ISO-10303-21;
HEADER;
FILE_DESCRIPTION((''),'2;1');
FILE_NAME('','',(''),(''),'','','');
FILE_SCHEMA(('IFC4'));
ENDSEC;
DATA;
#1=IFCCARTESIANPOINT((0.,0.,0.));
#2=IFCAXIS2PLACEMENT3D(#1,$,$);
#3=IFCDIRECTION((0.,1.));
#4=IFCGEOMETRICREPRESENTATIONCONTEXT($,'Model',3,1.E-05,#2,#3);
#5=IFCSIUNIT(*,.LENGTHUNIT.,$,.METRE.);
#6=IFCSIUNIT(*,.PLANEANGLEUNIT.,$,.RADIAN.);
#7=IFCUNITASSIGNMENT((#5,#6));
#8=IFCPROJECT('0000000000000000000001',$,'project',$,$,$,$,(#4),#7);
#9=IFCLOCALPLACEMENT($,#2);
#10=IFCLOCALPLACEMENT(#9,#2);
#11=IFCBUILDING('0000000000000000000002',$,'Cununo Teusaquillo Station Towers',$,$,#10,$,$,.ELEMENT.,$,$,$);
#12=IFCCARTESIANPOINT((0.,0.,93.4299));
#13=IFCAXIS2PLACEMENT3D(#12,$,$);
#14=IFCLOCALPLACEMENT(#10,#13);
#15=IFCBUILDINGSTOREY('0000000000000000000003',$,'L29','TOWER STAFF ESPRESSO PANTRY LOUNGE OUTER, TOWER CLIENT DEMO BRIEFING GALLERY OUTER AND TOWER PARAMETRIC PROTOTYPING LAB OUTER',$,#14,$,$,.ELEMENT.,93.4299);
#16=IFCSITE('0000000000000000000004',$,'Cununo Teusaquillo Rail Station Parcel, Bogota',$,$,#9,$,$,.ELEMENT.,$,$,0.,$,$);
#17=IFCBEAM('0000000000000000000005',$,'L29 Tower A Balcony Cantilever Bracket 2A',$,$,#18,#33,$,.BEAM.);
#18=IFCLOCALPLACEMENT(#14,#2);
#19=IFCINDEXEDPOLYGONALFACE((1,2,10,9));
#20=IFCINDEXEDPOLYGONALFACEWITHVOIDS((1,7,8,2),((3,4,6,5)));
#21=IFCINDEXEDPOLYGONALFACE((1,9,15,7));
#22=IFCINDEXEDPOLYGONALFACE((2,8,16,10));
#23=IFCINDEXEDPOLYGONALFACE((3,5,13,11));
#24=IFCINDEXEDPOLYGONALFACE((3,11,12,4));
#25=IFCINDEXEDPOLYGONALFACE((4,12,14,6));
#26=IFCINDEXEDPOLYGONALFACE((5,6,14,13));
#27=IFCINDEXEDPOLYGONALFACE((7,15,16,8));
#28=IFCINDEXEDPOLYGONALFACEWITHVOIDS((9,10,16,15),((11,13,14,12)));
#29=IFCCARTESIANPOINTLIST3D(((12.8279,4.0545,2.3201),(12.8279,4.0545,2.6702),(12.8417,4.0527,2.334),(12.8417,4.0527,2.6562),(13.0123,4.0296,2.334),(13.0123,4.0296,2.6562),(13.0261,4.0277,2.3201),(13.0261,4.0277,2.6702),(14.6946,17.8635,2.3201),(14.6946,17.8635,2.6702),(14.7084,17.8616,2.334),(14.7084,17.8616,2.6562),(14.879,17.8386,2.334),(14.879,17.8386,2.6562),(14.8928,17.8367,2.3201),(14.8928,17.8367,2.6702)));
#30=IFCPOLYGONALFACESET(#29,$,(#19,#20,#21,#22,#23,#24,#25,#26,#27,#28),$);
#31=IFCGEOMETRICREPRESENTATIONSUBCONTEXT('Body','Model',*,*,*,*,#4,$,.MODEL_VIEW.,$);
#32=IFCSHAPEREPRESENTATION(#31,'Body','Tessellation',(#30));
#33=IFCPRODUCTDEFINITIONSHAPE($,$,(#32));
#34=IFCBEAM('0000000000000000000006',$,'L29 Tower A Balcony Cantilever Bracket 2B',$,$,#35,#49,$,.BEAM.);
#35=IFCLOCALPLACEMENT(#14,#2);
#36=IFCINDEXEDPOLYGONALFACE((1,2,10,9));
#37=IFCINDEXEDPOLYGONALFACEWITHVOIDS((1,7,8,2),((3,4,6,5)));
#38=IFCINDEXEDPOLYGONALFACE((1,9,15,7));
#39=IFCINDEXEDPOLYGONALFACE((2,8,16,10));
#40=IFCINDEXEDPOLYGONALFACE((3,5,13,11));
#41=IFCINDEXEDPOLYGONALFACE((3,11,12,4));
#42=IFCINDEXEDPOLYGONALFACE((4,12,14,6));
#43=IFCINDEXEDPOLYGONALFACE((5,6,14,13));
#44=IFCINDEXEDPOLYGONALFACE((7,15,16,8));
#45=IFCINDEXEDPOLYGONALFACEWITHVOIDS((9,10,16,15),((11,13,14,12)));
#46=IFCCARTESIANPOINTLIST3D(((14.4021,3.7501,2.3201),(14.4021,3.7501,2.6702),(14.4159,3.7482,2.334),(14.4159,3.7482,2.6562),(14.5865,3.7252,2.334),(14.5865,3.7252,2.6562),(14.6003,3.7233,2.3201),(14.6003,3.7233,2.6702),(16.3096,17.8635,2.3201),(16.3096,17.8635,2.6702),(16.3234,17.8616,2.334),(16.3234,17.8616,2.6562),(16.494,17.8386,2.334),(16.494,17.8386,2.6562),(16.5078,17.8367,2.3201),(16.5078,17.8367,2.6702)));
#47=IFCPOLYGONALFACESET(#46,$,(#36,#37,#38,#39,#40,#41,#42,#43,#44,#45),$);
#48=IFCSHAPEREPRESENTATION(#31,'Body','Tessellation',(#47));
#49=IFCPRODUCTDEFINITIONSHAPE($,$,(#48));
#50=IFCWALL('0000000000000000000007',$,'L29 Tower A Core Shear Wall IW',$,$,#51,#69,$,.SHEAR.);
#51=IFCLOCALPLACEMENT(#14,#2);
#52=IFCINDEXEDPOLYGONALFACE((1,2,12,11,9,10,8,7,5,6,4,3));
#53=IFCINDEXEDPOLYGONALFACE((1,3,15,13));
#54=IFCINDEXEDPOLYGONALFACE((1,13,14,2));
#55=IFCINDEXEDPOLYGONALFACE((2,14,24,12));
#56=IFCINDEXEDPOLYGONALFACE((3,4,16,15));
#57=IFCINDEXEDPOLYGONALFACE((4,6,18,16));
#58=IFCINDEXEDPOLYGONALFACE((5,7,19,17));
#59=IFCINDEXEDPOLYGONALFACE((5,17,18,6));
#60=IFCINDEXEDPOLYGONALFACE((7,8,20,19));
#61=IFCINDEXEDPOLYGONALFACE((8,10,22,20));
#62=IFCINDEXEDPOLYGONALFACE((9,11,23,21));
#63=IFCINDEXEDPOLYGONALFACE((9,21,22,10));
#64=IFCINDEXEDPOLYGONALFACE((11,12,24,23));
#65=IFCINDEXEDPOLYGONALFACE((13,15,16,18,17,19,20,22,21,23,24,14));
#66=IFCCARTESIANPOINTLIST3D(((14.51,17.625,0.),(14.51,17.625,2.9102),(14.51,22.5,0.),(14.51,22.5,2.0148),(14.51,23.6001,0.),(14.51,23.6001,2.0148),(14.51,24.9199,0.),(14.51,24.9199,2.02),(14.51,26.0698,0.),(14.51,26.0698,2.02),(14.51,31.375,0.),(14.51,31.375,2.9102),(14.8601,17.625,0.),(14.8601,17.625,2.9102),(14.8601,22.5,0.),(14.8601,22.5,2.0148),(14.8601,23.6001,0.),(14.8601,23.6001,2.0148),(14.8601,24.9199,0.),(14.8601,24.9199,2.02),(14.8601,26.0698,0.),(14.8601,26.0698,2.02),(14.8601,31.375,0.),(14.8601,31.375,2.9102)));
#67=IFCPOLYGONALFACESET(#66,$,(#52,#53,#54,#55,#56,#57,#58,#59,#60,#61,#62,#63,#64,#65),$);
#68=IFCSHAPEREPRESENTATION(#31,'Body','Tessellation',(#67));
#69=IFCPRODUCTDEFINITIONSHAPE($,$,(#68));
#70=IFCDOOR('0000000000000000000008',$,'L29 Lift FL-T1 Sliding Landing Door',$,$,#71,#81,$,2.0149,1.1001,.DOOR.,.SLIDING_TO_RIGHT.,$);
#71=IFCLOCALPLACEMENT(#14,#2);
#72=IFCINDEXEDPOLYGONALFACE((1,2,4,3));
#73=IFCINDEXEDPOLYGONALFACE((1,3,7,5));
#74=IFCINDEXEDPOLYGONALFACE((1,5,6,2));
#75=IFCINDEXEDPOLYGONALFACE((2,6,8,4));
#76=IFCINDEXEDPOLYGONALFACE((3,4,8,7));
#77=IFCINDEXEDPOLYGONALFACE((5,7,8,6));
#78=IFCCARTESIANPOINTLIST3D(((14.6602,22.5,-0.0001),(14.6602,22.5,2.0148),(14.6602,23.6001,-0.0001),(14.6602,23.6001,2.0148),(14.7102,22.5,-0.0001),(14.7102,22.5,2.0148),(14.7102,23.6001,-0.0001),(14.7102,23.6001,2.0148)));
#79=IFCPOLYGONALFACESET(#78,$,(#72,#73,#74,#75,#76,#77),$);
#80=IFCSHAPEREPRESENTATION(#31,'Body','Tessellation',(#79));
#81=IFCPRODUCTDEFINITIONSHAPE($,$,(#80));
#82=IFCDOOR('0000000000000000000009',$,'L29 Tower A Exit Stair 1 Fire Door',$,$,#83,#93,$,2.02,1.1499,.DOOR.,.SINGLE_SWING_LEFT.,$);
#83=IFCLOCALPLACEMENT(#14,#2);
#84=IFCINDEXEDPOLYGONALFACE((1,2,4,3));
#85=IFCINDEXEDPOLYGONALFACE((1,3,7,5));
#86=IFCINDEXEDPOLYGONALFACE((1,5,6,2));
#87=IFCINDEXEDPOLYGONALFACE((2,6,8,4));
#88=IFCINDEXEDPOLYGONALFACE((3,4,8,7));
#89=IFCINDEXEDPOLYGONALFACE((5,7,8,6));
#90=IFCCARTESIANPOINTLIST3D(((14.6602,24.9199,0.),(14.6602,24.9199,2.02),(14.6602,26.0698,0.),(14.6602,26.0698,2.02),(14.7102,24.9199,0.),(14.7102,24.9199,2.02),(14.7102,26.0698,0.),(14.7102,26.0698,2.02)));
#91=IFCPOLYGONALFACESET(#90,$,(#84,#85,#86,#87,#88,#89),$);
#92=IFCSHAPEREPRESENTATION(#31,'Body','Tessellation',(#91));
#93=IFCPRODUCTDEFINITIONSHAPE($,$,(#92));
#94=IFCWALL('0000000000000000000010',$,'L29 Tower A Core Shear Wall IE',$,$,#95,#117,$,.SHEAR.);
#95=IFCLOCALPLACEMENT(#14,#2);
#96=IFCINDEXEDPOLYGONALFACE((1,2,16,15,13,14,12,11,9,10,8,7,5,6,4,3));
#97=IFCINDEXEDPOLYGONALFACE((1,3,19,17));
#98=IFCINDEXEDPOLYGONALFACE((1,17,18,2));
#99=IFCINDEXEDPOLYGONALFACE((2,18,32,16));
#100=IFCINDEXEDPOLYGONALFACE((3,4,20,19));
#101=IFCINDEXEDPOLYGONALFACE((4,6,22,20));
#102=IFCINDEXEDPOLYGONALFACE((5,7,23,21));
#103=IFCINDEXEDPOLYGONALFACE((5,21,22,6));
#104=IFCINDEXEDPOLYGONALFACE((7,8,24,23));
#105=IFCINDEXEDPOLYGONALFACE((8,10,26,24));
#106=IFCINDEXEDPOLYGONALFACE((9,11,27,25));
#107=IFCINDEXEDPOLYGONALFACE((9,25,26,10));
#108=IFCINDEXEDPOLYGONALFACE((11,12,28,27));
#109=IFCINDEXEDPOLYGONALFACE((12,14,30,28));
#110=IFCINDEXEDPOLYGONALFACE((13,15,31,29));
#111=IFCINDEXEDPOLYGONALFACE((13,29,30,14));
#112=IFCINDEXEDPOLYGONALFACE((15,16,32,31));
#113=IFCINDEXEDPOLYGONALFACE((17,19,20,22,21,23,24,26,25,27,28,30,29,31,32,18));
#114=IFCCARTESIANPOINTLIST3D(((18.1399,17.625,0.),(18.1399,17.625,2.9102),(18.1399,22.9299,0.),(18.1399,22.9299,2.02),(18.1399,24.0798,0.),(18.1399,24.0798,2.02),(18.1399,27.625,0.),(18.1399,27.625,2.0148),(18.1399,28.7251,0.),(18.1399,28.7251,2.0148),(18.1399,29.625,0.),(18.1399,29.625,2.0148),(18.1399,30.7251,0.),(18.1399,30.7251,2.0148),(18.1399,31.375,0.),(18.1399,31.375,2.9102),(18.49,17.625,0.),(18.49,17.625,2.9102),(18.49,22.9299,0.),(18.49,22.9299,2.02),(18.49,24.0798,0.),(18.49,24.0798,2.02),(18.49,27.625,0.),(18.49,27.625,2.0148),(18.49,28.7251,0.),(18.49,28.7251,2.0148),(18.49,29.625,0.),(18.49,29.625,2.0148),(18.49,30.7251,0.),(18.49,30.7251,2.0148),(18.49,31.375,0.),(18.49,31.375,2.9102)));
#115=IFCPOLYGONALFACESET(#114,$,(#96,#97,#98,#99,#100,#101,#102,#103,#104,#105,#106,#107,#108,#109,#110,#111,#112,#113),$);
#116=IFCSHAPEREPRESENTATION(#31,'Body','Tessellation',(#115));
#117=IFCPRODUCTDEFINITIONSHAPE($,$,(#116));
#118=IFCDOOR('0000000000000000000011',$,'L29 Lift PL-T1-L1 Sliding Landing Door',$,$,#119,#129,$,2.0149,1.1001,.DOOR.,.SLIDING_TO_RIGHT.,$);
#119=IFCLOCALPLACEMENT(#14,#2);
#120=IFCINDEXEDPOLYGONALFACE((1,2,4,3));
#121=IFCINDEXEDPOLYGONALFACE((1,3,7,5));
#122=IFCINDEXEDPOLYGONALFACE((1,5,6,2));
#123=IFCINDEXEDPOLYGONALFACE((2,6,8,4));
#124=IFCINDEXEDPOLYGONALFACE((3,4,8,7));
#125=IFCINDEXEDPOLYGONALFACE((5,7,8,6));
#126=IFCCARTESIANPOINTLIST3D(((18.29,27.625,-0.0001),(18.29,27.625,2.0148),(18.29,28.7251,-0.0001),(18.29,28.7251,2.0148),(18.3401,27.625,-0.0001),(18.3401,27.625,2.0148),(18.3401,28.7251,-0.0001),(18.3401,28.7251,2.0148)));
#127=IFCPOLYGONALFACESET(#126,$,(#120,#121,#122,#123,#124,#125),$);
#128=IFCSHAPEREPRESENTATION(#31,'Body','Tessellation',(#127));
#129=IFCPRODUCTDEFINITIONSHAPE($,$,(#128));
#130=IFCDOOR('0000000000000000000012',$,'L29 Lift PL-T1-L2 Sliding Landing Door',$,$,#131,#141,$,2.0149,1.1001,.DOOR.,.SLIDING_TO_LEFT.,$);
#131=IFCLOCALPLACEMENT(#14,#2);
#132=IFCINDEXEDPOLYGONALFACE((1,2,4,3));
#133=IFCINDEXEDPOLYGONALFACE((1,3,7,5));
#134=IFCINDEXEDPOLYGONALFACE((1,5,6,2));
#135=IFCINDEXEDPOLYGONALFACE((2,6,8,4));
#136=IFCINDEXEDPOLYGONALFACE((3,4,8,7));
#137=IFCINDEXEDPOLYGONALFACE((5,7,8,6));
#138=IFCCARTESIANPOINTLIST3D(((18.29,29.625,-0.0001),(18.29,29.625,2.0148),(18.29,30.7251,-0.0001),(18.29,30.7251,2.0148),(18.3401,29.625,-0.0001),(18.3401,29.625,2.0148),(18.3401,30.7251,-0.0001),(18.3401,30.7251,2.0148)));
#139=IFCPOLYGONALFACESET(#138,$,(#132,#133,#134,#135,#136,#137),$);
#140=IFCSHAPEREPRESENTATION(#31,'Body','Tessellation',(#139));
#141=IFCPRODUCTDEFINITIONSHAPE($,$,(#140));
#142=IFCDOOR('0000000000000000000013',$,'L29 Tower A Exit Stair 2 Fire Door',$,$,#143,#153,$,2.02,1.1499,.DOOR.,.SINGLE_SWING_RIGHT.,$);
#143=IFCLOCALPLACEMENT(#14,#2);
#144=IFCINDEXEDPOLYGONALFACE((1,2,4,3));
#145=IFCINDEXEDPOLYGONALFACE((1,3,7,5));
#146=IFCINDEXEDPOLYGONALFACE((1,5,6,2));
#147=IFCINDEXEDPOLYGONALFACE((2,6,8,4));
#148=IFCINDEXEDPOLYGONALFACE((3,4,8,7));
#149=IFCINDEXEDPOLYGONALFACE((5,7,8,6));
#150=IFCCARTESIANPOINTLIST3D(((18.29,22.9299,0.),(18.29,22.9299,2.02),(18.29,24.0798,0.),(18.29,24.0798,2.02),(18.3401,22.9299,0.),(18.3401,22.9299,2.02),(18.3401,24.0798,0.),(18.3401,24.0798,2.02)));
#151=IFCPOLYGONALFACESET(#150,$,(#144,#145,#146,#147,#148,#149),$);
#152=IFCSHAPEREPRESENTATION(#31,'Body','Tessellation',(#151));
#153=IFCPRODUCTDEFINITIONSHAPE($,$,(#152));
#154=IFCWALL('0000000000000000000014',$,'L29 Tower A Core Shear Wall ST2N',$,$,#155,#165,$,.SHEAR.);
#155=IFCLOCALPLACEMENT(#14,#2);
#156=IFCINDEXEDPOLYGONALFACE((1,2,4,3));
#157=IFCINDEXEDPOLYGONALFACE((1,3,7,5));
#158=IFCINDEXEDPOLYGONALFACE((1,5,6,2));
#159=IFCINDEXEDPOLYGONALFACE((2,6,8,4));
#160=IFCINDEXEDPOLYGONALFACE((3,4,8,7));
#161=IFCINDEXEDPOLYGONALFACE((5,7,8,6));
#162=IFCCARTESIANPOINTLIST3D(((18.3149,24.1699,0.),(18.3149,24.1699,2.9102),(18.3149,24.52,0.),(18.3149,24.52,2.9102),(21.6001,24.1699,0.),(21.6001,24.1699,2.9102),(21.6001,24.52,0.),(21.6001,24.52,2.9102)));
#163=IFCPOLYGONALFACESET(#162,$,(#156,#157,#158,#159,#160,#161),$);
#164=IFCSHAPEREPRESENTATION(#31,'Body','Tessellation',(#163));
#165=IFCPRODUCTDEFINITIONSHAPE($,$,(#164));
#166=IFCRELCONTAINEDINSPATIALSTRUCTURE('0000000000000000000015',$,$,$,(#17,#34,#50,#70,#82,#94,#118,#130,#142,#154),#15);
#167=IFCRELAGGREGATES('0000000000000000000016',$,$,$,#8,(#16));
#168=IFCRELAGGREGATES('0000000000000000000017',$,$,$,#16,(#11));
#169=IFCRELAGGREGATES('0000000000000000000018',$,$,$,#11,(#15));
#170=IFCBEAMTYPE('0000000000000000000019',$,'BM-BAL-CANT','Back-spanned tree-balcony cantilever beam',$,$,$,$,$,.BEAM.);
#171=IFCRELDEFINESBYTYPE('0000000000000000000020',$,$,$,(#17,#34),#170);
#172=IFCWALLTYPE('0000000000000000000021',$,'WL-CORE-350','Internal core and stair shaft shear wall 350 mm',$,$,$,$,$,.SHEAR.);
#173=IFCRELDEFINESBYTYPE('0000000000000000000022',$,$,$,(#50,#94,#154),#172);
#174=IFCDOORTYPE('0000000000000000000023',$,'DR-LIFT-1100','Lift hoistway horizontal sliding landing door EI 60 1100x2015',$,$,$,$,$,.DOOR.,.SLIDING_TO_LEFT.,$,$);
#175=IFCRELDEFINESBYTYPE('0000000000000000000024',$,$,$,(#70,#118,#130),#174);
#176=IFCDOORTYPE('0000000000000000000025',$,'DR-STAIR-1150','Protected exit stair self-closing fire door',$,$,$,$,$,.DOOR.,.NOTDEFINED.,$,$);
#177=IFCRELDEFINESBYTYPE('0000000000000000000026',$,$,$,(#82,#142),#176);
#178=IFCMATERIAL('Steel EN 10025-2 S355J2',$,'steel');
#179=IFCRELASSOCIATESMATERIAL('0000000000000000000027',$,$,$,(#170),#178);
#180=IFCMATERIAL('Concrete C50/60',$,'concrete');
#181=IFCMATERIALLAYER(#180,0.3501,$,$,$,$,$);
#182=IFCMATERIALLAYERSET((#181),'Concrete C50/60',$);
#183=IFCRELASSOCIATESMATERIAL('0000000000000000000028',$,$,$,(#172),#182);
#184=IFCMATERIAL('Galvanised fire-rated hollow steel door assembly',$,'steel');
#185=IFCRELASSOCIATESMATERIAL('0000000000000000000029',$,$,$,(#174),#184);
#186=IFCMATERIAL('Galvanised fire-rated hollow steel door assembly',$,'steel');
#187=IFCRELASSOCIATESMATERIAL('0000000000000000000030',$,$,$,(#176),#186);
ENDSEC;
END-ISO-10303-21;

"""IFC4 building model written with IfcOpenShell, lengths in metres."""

from ifc_helpers import new_model, si_unit, direction, frame, frame_2d, origin, origin_2d, place, context, subcontext, project, spatial, rectangle, hollow_rectangle, extrude, source, transform, mapped, material, layer, layer_set, material_profile, profile_set, type_object, element, fill, save


model = new_model("IFC4")

# Units and contexts
model_context = context("Model", 3, precision=1e-05, world=origin(), true_north=direction((0.0, 1.0)))
body_context = subcontext(model_context, "Body", "Model", "MODEL_VIEW")
ifc_project = project(units=[si_unit("LENGTHUNIT", "METRE"), si_unit("PLANEANGLEUNIT", "RADIAN")], contexts=[model_context])

# Site, building, storey
site_placement = place(None, origin())
site = spatial("IfcSite", under=ifc_project, at=site_placement, Name="Cununo Teusaquillo Rail Station Parcel, Bogota", CompositionType="ELEMENT", RefElevation=0.0)
building_placement = place(site_placement, origin())
building = spatial("IfcBuilding", under=site, at=building_placement, Name="Cununo Teusaquillo Station Towers", CompositionType="ELEMENT")
storey_placement = place(building_placement, frame((0.0, 0.0, 93.4299)))
storey = spatial("IfcBuildingStorey", under=building, at=storey_placement, Name="L29", Description="TOWER STAFF ESPRESSO PANTRY LOUNGE OUTER, TOWER CLIENT DEMO BRIEFING GALLERY OUTER AND TOWER PARAMETRIC PROTOTYPING LAB OUTER", CompositionType="ELEMENT", Elevation=93.4299)

# Beams
ifc_material_1 = material(Name="Steel EN 10025-2 S355J2", Category="steel")
ifc_material_profile = material_profile(ifc_material_1, hollow_rectangle(XDim=0.2, YDim=0.3501, WallThickness=0.0139, at=origin_2d()), Name="RHS 350x200x14")
ifc_profile_set = profile_set([ifc_material_profile], Name="Steel EN 10025-2 S355J2")
beam_type = type_object("IfcBeamType", Name="BM-BAL-CANT", Description="Back-spanned tree-balcony cantilever beam", PredefinedType="BEAM", material=ifc_profile_set)
beam_1_placement = place(storey_placement, frame((14.7937, 17.8501, 2.4951), z_axis=(-0.133961, -0.990987, 0.0), x_axis=(0.990987, -0.133961, 0.0)))
element("IfcBeam", 1, at=beam_1_placement, inside=storey, type_object=beam_type, Name="L29 Tower A Balcony Cantilever Bracket 2A", PredefinedType="BEAM", context=body_context, shape_type="SweptSolid", body=[
    extrude(hollow_rectangle(XDim=0.2, YDim=0.3501, WallThickness=0.0139, at=origin_2d()), origin(), (0.0, 0.0, 1.0), 13.9346),
])
beam_2_placement = place(storey_placement, frame((16.4087, 17.8501, 2.4951), z_axis=(-0.133937, -0.99099, 0.0), x_axis=(0.99099, -0.133937, 0.0)))
element("IfcBeam", 2, at=beam_2_placement, inside=storey, type_object=beam_type, Name="L29 Tower A Balcony Cantilever Bracket 2B", PredefinedType="BEAM", context=body_context, shape_type="SweptSolid", body=[
    extrude(hollow_rectangle(XDim=0.2, YDim=0.3501, WallThickness=0.0139, at=origin_2d()), origin(), (0.0, 0.0, 1.0), 14.2417),
])

# Walls, openings, doors
ifc_material_2 = material(Name="Concrete C50/60", Category="concrete")
ifc_layer_1 = layer(ifc_material_2, 0.3501)
ifc_layer_set_1 = layer_set([ifc_layer_1], Name="Concrete C50/60")
wall_type_1 = type_object("IfcWallType", Name="WL-CORE-350", Description="Internal core and stair shaft shear wall 350 mm", PredefinedType="SHEAR", material=ifc_layer_set_1)
wall_1_placement = place(storey_placement, frame((14.6851, 17.625, 0.0), z_axis=(0.0, 0.0, 1.0), x_axis=(0.0, 1.0, 0.0)))
wall_1 = element("IfcWall", 3, at=wall_1_placement, inside=storey, type_object=wall_type_1, Name="L29 Tower A Core Shear Wall IW", PredefinedType="SHEAR", context=body_context, shape_type="SweptSolid", body=[
    extrude(rectangle(XDim=13.75, YDim=0.3501, at=frame_2d((6.875, 0.0))), origin(), (0.0, 0.0, 1.0), 2.9102),
])
shared_shape_1 = source(origin(), body_context, "Body", "SweptSolid", [
    extrude(rectangle(XDim=1.1001, YDim=2.0149, at=frame_2d((0.55, 1.0073))), frame((0.0, 0.1851, 0.0), z_axis=(0.0, -1.0, 0.0), x_axis=(1.0, 0.0, 0.0)), (0.0, 0.0, 1.0), 0.3701),
])
opening_1_placement = place(wall_1_placement, frame((4.875, 0.0, 0.0)))
opening_1 = element("IfcOpeningElement", 4, at=opening_1_placement, cuts=wall_1, PredefinedType="OPENING", context=body_context, shape_type="MappedRepresentation", body=[
    mapped(shared_shape_1, transform((0.0, 0.0, 0.0), x_axis=(1.0, 0.0, 0.0), y_axis=(0.0, 1.0, 0.0), z_axis=(0.0, 0.0, 1.0), scale=1.0)),
])
shared_shape_2 = source(origin(), body_context, "Body", "SweptSolid", [
    extrude(rectangle(XDim=1.1499, YDim=2.02, at=frame_2d((0.575, 1.01))), frame((0.0, 0.1851, 0.0), z_axis=(0.0, -1.0, 0.0), x_axis=(1.0, 0.0, 0.0)), (0.0, 0.0, 1.0), 0.3701),
])
opening_2_placement = place(wall_1_placement, frame((7.2949, 0.0, 0.0)))
opening_2 = element("IfcOpeningElement", 5, at=opening_2_placement, cuts=wall_1, PredefinedType="OPENING", context=body_context, shape_type="MappedRepresentation", body=[
    mapped(shared_shape_2, transform((0.0, 0.0, 0.0), x_axis=(1.0, 0.0, 0.0), y_axis=(0.0, 1.0, 0.0), z_axis=(0.0, 0.0, 1.0), scale=1.0)),
])
ifc_material_3 = material(Name="Galvanised fire-rated hollow steel door assembly", Category="steel")
door_type_1 = type_object("IfcDoorType", Name="DR-LIFT-1100", Description="Lift hoistway horizontal sliding landing door EI 60 1100x2015", OperationType="SLIDING_TO_LEFT", PredefinedType="DOOR", material=ifc_material_3)
shared_shape_3 = source(origin(), body_context, "Body", "SweptSolid", [
    extrude(rectangle(XDim=1.1001, YDim=2.0149, at=frame_2d((0.55, 1.0073))), frame((0.0, 0.0249, 0.0), z_axis=(0.0, -1.0, 0.0), x_axis=(1.0, 0.0, 0.0)), (0.0, 0.0, 1.0), 0.05),
])
door_1_placement = place(opening_1_placement, origin())
door_1 = element("IfcDoor", 6, at=door_1_placement, inside=storey, type_object=door_type_1, Name="L29 Lift FL-T1 Sliding Landing Door", OperationType="SLIDING_TO_RIGHT", OverallHeight=2.0149, OverallWidth=1.1001, PredefinedType="DOOR", context=body_context, shape_type="MappedRepresentation", body=[
    mapped(shared_shape_3, transform((0.0, 0.0, 0.0), x_axis=(1.0, 0.0, 0.0), y_axis=(0.0, 1.0, 0.0), z_axis=(0.0, 0.0, 1.0), scale=1.0)),
])
fill(opening_1, door_1)
ifc_material_4 = material(Name="Galvanised fire-rated hollow steel door assembly", Category="steel")
door_type_2 = type_object("IfcDoorType", Name="DR-STAIR-1150", Description="Protected exit stair self-closing fire door", OperationType="NOTDEFINED", PredefinedType="DOOR", material=ifc_material_4)
shared_shape_4 = source(origin(), body_context, "Body", "SweptSolid", [
    extrude(rectangle(XDim=1.1499, YDim=2.02, at=frame_2d((0.575, 1.01))), frame((0.0, 0.0249, 0.0), z_axis=(0.0, -1.0, 0.0), x_axis=(1.0, 0.0, 0.0)), (0.0, 0.0, 1.0), 0.05),
])
door_2_placement = place(opening_2_placement, origin())
door_2 = element("IfcDoor", 7, at=door_2_placement, inside=storey, type_object=door_type_2, Name="L29 Tower A Exit Stair 1 Fire Door", OperationType="SINGLE_SWING_LEFT", OverallHeight=2.02, OverallWidth=1.1499, PredefinedType="DOOR", context=body_context, shape_type="MappedRepresentation", body=[
    mapped(shared_shape_4, transform((0.0, 0.0, 0.0), x_axis=(1.0, 0.0, 0.0), y_axis=(0.0, 1.0, 0.0), z_axis=(0.0, 0.0, 1.0), scale=1.0)),
])
fill(opening_2, door_2)
wall_2_placement = place(storey_placement, frame((18.3149, 17.625, 0.0), z_axis=(0.0, 0.0, 1.0), x_axis=(0.0, 1.0, 0.0)))
wall_2 = element("IfcWall", 8, at=wall_2_placement, inside=storey, type_object=wall_type_1, Name="L29 Tower A Core Shear Wall IE", PredefinedType="SHEAR", context=body_context, shape_type="SweptSolid", body=[
    extrude(rectangle(XDim=13.75, YDim=0.3501, at=frame_2d((6.875, 0.0))), origin(), (0.0, 0.0, 1.0), 2.9102),
])
opening_3_placement = place(wall_2_placement, frame((10.0, 0.0, 0.0)))
opening_3 = element("IfcOpeningElement", 9, at=opening_3_placement, cuts=wall_2, PredefinedType="OPENING", context=body_context, shape_type="MappedRepresentation", body=[
    mapped(shared_shape_1, transform((0.0, 0.0, 0.0), x_axis=(1.0, 0.0, 0.0), y_axis=(0.0, 1.0, 0.0), z_axis=(0.0, 0.0, 1.0), scale=1.0)),
])
opening_4_placement = place(wall_2_placement, frame((12.0, 0.0, 0.0)))
opening_4 = element("IfcOpeningElement", 10, at=opening_4_placement, cuts=wall_2, PredefinedType="OPENING", context=body_context, shape_type="MappedRepresentation", body=[
    mapped(shared_shape_1, transform((0.0, 0.0, 0.0), x_axis=(1.0, 0.0, 0.0), y_axis=(0.0, 1.0, 0.0), z_axis=(0.0, 0.0, 1.0), scale=1.0)),
])
opening_5_placement = place(wall_2_placement, frame((5.3049, 0.0, 0.0)))
opening_5 = element("IfcOpeningElement", 11, at=opening_5_placement, cuts=wall_2, PredefinedType="OPENING", context=body_context, shape_type="MappedRepresentation", body=[
    mapped(shared_shape_2, transform((0.0, 0.0, 0.0), x_axis=(1.0, 0.0, 0.0), y_axis=(0.0, 1.0, 0.0), z_axis=(0.0, 0.0, 1.0), scale=1.0)),
])
door_3_placement = place(opening_3_placement, origin())
door_3 = element("IfcDoor", 12, at=door_3_placement, inside=storey, type_object=door_type_1, Name="L29 Lift PL-T1-L1 Sliding Landing Door", OperationType="SLIDING_TO_RIGHT", OverallHeight=2.0149, OverallWidth=1.1001, PredefinedType="DOOR", context=body_context, shape_type="MappedRepresentation", body=[
    mapped(shared_shape_3, transform((0.0, 0.0, 0.0), x_axis=(1.0, 0.0, 0.0), y_axis=(0.0, 1.0, 0.0), z_axis=(0.0, 0.0, 1.0), scale=1.0)),
])
fill(opening_3, door_3)
door_4_placement = place(opening_4_placement, origin())
door_4 = element("IfcDoor", 13, at=door_4_placement, inside=storey, type_object=door_type_1, Name="L29 Lift PL-T1-L2 Sliding Landing Door", OperationType="SLIDING_TO_LEFT", OverallHeight=2.0149, OverallWidth=1.1001, PredefinedType="DOOR", context=body_context, shape_type="MappedRepresentation", body=[
    mapped(shared_shape_3, transform((0.0, 0.0, 0.0), x_axis=(1.0, 0.0, 0.0), y_axis=(0.0, 1.0, 0.0), z_axis=(0.0, 0.0, 1.0), scale=1.0)),
])
fill(opening_4, door_4)
door_5_placement = place(opening_5_placement, origin())
door_5 = element("IfcDoor", 14, at=door_5_placement, inside=storey, type_object=door_type_2, Name="L29 Tower A Exit Stair 2 Fire Door", OperationType="SINGLE_SWING_RIGHT", OverallHeight=2.02, OverallWidth=1.1499, PredefinedType="DOOR", context=body_context, shape_type="MappedRepresentation", body=[
    mapped(shared_shape_4, transform((0.0, 0.0, 0.0), x_axis=(1.0, 0.0, 0.0), y_axis=(0.0, 1.0, 0.0), z_axis=(0.0, 0.0, 1.0), scale=1.0)),
])
fill(opening_5, door_5)

# Wall
wall_3_placement = place(storey_placement, frame((18.3149, 24.345, 0.0), z_axis=(0.0, 0.0, 1.0), x_axis=(1.0, 0.0, 0.0)))
element("IfcWall", 15, at=wall_3_placement, inside=storey, type_object=wall_type_1, Name="L29 Tower A Core Shear Wall ST2N", PredefinedType="SHEAR", context=body_context, shape_type="SweptSolid", body=[
    extrude(rectangle(XDim=3.2852, YDim=0.3501, at=frame_2d((1.6426, 0.0))), origin(), (0.0, 0.0, 1.0), 2.9102),
])

save(model, "model.ifc")
